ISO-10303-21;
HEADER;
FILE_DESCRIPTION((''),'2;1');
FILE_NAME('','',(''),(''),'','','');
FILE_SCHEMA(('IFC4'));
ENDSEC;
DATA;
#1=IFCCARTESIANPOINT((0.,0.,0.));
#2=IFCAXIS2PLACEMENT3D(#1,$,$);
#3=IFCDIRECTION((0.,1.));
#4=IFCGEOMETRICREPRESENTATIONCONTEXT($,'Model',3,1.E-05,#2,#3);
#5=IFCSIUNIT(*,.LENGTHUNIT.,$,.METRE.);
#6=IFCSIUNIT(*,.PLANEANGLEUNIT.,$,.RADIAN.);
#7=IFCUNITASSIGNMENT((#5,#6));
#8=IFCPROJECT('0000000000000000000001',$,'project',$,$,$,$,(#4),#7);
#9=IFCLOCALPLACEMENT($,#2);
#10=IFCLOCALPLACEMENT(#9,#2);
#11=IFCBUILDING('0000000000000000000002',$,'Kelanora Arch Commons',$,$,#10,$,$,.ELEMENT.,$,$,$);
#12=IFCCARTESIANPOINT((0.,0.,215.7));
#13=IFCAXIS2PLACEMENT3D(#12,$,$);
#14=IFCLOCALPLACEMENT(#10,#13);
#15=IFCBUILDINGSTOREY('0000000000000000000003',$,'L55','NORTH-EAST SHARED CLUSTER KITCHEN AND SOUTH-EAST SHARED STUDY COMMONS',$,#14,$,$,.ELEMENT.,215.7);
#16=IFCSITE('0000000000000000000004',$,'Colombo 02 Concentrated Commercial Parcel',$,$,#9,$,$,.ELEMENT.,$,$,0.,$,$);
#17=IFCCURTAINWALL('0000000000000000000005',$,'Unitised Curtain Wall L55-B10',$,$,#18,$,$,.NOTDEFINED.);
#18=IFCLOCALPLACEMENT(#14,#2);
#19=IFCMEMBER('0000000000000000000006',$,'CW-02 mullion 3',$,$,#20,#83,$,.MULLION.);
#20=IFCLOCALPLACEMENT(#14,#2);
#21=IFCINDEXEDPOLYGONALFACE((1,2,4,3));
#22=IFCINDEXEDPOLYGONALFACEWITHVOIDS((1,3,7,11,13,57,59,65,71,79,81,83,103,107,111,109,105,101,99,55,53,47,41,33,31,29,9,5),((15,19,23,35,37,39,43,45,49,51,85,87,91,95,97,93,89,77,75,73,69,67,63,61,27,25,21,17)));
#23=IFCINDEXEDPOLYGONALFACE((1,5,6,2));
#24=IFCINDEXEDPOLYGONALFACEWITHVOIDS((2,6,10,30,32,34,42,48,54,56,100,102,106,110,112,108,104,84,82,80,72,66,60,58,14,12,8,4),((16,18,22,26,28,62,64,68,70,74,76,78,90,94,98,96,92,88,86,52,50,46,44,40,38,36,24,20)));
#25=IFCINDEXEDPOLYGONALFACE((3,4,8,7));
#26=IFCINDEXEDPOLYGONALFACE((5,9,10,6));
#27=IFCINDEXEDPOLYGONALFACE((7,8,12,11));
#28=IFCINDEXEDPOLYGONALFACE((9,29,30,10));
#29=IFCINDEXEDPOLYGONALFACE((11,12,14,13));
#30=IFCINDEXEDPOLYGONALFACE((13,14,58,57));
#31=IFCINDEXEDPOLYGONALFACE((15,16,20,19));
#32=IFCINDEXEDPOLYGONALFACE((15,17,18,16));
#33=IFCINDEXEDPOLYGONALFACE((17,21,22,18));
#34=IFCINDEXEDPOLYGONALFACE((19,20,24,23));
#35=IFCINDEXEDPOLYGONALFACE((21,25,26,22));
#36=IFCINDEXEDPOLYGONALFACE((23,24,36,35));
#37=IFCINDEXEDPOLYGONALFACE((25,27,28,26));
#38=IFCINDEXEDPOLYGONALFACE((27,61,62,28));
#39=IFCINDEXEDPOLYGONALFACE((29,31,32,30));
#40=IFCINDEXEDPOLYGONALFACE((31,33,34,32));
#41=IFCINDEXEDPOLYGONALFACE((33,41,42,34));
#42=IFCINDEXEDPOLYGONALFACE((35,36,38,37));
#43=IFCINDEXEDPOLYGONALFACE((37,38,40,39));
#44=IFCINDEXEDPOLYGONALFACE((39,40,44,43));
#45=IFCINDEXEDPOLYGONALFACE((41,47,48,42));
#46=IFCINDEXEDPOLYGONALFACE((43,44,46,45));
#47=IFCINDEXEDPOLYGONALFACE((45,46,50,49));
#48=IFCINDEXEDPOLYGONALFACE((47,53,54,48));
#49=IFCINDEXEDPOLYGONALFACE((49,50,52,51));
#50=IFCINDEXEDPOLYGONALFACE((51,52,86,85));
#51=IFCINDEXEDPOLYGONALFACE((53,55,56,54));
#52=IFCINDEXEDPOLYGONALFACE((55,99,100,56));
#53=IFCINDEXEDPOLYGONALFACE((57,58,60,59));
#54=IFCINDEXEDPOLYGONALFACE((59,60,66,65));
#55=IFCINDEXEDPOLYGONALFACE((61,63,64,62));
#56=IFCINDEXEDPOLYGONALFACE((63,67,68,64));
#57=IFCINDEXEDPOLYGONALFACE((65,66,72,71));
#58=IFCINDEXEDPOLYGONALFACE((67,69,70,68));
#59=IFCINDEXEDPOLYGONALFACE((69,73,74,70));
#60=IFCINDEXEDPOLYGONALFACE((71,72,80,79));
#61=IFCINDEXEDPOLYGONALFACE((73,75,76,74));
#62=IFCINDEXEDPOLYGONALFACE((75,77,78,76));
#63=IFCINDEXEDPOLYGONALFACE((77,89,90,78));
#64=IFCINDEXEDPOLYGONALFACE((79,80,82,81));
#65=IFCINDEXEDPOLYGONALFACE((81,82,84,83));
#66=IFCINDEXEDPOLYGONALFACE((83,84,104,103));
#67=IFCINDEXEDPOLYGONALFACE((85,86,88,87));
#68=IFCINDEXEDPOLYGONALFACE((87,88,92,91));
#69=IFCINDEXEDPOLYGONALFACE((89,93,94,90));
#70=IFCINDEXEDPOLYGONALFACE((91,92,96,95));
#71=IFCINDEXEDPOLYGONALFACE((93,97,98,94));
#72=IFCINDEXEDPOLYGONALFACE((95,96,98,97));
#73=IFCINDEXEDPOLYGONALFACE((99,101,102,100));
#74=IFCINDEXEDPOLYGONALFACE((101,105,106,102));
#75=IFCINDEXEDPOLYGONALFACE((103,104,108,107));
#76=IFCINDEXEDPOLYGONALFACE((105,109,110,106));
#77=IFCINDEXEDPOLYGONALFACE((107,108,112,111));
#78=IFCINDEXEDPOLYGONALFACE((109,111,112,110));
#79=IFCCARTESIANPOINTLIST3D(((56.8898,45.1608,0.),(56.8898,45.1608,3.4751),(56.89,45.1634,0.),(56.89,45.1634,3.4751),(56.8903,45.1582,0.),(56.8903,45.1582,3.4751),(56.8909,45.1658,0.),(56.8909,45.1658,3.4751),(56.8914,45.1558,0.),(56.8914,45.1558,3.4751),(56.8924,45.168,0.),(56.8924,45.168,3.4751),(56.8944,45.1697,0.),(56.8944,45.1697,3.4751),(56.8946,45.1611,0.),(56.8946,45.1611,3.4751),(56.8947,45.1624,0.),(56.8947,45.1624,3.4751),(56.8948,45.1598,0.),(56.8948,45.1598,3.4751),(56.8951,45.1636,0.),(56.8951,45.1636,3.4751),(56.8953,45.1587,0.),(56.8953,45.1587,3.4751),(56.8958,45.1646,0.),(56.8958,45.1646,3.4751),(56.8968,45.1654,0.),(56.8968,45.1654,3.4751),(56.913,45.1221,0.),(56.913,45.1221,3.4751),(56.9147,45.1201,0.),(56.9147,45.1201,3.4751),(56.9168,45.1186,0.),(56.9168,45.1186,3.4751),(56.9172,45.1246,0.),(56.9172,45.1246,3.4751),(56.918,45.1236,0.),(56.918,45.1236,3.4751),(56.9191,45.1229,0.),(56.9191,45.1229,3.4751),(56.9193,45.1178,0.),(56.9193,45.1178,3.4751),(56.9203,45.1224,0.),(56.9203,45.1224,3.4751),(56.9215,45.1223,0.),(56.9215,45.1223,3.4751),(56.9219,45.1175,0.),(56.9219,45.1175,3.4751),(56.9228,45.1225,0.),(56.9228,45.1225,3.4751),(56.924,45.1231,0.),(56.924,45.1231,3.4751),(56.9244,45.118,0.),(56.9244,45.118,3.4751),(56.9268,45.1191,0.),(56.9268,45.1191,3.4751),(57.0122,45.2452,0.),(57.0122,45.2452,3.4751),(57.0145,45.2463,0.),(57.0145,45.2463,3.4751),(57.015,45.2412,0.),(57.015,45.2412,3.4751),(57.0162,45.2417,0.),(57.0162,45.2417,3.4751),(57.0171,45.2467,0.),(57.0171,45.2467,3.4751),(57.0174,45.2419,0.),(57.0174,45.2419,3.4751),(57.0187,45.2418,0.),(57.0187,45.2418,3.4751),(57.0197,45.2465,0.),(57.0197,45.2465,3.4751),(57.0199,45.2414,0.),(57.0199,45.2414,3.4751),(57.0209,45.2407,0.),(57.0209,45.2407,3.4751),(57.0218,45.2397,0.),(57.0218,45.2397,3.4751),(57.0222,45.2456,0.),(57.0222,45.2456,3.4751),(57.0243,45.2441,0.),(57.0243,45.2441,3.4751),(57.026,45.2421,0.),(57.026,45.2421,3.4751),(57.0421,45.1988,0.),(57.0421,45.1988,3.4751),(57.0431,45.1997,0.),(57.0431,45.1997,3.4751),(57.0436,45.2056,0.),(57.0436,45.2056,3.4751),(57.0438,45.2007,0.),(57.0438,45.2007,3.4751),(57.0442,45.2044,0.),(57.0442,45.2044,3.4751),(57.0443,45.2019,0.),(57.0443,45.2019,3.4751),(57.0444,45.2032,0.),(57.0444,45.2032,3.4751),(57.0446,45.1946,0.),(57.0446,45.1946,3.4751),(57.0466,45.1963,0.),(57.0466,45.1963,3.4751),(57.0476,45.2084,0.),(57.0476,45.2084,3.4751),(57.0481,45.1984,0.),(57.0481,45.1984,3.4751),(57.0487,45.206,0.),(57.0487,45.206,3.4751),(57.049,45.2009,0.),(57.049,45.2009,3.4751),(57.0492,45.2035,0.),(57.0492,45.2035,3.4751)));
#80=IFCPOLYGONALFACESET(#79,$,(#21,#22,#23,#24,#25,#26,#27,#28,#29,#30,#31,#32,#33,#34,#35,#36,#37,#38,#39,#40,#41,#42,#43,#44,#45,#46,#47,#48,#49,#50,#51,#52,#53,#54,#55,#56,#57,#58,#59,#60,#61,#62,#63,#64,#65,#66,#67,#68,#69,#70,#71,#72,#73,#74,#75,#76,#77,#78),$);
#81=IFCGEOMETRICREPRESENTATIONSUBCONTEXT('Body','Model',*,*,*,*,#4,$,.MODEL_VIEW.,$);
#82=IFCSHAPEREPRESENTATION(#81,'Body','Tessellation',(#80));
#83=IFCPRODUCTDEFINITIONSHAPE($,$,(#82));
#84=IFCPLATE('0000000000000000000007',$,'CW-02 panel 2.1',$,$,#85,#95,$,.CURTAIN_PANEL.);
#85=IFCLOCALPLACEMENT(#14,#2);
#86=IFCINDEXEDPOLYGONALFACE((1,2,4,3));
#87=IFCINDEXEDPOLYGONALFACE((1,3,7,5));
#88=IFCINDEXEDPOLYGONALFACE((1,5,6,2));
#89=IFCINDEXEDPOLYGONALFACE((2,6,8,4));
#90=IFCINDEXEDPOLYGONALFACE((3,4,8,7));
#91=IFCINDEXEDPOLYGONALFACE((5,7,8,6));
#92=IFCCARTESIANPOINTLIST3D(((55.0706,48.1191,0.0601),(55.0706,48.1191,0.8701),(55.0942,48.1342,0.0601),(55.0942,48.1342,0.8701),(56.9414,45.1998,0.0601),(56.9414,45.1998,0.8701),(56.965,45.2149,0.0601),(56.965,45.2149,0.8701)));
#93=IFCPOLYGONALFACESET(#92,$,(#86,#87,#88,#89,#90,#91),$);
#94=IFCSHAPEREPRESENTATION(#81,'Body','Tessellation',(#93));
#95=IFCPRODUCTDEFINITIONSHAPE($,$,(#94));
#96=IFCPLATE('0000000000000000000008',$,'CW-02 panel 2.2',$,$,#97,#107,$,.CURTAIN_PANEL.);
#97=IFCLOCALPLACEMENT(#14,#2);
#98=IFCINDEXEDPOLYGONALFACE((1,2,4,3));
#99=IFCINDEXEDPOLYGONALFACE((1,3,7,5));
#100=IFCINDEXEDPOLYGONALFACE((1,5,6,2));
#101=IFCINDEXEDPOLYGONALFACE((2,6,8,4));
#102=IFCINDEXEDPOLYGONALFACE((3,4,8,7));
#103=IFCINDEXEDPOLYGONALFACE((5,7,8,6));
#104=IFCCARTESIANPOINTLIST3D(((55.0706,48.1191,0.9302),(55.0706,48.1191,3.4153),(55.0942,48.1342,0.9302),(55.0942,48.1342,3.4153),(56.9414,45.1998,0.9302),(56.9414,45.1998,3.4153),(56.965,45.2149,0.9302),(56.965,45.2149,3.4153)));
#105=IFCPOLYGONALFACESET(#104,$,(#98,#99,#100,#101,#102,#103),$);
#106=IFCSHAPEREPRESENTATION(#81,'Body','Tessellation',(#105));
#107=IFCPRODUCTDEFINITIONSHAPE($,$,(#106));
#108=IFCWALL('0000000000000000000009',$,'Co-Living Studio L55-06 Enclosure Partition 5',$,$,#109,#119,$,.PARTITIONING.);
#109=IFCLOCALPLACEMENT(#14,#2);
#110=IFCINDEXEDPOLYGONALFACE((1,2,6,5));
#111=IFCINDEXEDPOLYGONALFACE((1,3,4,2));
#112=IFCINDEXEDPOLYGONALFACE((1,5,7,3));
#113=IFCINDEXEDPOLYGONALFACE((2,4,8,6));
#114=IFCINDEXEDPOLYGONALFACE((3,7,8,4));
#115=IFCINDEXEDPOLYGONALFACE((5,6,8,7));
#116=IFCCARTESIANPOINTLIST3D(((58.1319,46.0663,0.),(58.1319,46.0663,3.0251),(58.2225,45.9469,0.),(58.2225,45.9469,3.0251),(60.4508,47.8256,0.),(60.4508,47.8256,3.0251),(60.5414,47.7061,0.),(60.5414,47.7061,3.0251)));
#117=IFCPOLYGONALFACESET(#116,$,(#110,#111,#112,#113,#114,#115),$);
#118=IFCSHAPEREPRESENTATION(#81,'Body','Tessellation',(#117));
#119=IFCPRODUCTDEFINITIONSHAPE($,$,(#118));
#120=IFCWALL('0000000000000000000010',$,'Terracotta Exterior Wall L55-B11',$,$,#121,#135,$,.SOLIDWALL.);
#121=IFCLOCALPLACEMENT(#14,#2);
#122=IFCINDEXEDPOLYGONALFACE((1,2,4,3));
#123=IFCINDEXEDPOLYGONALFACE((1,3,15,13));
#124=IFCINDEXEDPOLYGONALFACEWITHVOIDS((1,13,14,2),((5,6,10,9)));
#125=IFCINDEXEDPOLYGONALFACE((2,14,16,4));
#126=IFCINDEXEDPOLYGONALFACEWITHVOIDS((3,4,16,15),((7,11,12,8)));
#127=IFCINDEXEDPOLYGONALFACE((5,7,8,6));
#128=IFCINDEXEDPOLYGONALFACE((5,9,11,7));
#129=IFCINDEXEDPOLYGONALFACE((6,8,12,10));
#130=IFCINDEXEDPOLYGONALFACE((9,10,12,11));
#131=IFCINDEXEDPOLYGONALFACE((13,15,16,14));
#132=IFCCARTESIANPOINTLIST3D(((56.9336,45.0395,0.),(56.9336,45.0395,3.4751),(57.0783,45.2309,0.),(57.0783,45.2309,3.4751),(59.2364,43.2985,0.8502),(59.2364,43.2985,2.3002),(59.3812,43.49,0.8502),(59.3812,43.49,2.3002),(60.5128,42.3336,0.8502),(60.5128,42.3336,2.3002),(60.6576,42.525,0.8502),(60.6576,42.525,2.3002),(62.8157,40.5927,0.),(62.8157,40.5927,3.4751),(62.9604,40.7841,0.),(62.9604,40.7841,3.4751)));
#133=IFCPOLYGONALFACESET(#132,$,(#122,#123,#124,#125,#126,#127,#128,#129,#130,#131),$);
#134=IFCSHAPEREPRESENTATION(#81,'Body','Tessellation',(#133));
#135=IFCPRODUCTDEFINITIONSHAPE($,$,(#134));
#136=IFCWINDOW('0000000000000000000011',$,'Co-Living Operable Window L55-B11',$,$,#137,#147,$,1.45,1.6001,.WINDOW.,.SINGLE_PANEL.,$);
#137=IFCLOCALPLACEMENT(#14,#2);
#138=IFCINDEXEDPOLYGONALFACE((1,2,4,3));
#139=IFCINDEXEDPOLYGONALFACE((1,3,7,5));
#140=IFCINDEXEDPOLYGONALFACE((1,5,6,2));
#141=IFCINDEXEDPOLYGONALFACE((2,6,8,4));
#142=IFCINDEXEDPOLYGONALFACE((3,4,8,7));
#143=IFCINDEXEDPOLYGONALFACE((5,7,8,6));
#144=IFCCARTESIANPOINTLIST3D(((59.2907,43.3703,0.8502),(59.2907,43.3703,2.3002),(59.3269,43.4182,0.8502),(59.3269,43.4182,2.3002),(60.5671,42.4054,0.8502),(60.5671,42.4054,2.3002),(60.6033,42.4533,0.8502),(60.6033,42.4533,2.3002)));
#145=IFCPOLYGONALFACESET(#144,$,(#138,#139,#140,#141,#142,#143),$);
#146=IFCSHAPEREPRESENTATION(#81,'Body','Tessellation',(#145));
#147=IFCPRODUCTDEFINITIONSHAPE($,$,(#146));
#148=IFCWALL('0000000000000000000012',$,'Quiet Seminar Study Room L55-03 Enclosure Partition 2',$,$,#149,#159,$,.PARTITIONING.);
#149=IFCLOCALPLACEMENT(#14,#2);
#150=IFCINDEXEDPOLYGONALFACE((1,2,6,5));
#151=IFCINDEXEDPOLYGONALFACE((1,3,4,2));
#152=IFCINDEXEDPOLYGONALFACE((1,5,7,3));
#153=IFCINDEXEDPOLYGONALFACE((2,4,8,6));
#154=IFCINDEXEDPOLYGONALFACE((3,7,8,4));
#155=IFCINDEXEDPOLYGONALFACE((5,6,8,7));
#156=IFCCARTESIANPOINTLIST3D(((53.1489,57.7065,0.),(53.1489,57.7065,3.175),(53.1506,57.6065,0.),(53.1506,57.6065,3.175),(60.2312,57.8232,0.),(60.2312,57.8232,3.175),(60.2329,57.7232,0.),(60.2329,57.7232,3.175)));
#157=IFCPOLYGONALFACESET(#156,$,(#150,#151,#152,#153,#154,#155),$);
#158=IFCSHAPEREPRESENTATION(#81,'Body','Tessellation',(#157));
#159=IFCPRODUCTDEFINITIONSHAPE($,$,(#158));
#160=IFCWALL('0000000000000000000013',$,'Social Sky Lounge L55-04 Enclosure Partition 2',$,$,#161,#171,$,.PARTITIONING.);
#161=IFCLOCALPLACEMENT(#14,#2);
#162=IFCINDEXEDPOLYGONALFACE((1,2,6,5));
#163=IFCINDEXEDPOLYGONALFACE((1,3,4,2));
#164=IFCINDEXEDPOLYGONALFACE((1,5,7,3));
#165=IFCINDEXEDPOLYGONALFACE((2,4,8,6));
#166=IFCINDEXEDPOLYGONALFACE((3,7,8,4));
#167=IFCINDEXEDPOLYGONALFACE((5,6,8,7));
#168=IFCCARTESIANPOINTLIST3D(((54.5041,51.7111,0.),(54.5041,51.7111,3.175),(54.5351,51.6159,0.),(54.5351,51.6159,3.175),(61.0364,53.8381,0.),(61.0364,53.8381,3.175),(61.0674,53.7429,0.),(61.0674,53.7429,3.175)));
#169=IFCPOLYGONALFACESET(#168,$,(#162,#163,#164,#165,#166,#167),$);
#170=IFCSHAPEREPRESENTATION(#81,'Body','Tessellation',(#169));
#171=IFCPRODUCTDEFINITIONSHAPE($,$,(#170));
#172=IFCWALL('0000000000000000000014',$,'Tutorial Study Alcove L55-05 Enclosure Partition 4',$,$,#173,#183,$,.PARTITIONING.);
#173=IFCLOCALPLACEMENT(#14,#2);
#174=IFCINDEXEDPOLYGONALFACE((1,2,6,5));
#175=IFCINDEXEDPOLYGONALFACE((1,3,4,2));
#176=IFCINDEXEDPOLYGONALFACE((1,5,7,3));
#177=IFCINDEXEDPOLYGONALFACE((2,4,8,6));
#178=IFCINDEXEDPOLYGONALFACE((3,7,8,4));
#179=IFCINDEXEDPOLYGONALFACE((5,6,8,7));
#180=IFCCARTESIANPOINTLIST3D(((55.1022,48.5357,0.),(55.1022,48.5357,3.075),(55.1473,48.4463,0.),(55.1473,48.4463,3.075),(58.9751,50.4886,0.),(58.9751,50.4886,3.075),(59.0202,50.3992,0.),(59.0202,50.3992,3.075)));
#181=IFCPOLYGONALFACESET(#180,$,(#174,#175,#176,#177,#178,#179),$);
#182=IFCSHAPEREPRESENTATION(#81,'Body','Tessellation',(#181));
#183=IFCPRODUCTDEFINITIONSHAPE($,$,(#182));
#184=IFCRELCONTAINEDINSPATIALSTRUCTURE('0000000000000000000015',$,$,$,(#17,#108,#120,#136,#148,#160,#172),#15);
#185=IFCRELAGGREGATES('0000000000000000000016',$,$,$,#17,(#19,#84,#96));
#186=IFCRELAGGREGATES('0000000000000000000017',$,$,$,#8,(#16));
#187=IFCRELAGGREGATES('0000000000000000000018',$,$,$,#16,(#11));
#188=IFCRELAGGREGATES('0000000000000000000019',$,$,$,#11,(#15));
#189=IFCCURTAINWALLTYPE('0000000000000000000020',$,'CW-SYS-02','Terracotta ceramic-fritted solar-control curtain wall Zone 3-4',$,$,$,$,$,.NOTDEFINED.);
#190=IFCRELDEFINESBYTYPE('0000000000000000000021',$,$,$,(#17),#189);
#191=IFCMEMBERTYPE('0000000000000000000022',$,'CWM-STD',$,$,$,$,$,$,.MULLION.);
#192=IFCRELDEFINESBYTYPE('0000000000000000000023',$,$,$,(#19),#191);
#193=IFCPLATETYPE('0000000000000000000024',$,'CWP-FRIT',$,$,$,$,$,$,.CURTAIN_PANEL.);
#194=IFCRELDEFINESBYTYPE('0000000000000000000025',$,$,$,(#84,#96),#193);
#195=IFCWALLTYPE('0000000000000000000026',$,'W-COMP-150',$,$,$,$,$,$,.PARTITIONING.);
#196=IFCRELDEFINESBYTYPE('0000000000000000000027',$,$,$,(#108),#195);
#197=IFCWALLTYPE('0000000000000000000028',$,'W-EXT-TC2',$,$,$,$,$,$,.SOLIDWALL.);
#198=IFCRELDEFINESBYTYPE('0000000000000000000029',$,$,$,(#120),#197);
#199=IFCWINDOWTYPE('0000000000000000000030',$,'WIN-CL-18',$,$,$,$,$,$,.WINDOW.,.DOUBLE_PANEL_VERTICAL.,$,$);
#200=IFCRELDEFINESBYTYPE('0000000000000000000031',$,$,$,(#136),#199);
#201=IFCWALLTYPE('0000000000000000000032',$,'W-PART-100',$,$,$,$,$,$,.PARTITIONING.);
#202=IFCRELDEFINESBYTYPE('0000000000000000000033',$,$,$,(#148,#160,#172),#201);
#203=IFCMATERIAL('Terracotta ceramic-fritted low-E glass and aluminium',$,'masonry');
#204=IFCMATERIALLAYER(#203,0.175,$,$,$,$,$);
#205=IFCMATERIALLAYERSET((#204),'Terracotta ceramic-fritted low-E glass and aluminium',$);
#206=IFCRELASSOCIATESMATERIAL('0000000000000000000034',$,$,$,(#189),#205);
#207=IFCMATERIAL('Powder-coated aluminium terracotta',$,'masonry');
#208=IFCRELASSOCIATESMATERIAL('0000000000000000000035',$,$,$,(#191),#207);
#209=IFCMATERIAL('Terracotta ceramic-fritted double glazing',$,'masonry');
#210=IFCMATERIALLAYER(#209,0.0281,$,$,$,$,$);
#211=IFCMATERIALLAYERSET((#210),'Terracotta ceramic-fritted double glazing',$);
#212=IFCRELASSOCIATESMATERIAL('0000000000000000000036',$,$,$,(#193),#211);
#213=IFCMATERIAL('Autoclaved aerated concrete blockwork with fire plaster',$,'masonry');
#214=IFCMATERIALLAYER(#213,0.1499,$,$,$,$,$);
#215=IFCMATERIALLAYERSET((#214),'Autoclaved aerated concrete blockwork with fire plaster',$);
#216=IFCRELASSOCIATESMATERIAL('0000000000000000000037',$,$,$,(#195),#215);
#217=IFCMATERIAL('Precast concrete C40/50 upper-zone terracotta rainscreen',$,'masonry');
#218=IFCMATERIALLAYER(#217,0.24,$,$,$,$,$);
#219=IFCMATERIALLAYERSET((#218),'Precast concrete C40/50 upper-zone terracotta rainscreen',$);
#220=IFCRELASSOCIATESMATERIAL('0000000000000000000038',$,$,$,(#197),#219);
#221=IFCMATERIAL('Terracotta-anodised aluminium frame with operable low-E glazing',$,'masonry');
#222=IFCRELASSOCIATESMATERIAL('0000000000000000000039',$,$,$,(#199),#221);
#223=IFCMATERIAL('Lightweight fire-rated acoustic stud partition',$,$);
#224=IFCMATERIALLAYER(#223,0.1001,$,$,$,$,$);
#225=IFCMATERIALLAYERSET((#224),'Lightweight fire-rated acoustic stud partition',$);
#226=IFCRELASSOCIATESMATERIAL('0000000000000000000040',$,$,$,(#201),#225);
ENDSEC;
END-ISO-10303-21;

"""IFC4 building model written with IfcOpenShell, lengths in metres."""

from ifc_helpers import new_model, si_unit, direction, frame, frame_2d, origin, origin_2d, place, context, subcontext, project, spatial, rectangle, hollow_rectangle, extrude, source, transform, mapped, material, layer, layer_set, material_profile, profile_set, type_object, element, fill, aggregate, save


model = new_model("IFC4")

# Units and contexts
model_context = context("Model", 3, precision=1e-05, world=origin(), true_north=direction((0.0, 1.0)))
body_context = subcontext(model_context, "Body", "Model", "MODEL_VIEW")
ifc_project = project(units=[si_unit("LENGTHUNIT", "METRE"), si_unit("PLANEANGLEUNIT", "RADIAN")], contexts=[model_context])

# Site, building, storey
site_placement = place(None, origin())
site = spatial("IfcSite", under=ifc_project, at=site_placement, Name="Colombo 02 Concentrated Commercial Parcel", CompositionType="ELEMENT", RefElevation=0.0)
building_placement = place(site_placement, origin())
building = spatial("IfcBuilding", under=site, at=building_placement, Name="Kelanora Arch Commons", CompositionType="ELEMENT")
storey_placement = place(building_placement, frame((0.0, 0.0, 215.7)))
storey = spatial("IfcBuildingStorey", under=building, at=storey_placement, Name="L55", Description="NORTH-EAST SHARED CLUSTER KITCHEN AND SOUTH-EAST SHARED STUDY COMMONS", CompositionType="ELEMENT", Elevation=215.7)

# Curtain wall, member, plates
ifc_material_1 = material(Name="Terracotta ceramic-fritted low-E glass and aluminium", Category="masonry")
ifc_layer_1 = layer(ifc_material_1, 0.175)
ifc_layer_set_1 = layer_set([ifc_layer_1], Name="Terracotta ceramic-fritted low-E glass and aluminium")
curtain_wall_type = type_object("IfcCurtainWallType", Name="CW-SYS-02", Description="Terracotta ceramic-fritted solar-control curtain wall Zone 3-4", PredefinedType="NOTDEFINED", material=ifc_layer_set_1)
curtain_wall_placement = place(storey_placement, origin())
curtain_wall = element("IfcCurtainWall", 1, at=curtain_wall_placement, inside=storey, type_object=curtain_wall_type, Name="Unitised Curtain Wall L55-B10", PredefinedType="NOTDEFINED")
ifc_material_2 = material(Name="Powder-coated aluminium terracotta", Category="masonry")
ifc_material_profile_1 = material_profile(ifc_material_2, hollow_rectangle(XDim=0.1599, YDim=0.0601, WallThickness=0.0049, InnerFilletRadius=0.0049, OuterFilletRadius=0.01, at=origin_2d()), Name="CWM160x60")
ifc_profile_set_1 = profile_set([ifc_material_profile_1], Name="Powder-coated aluminium terracotta")
member_type = type_object("IfcMemberType", Name="CWM-STD", PredefinedType="MULLION", material=ifc_profile_set_1)
member_placement = place(storey_placement, frame((56.9695, 45.1821, 0.0), z_axis=(0.0, 0.0, 1.0), x_axis=(0.841948, 0.539559, 0.0)))
member = element("IfcMember", 2, at=member_placement, type_object=member_type, Name="CW-02 mullion 3", PredefinedType="MULLION", context=body_context, shape_type="SweptSolid", body=[
    extrude(hollow_rectangle(XDim=0.1599, YDim=0.0601, WallThickness=0.0049, InnerFilletRadius=0.0049, OuterFilletRadius=0.01, at=origin_2d()), origin(), (0.0, 0.0, 1.0), 3.4751),
])
ifc_material_3 = material(Name="Terracotta ceramic-fritted double glazing", Category="masonry")
ifc_layer_2 = layer(ifc_material_3, 0.0281)
ifc_layer_set_2 = layer_set([ifc_layer_2], Name="Terracotta ceramic-fritted double glazing")
plate_type = type_object("IfcPlateType", Name="CWP-FRIT", PredefinedType="CURTAIN_PANEL", material=ifc_layer_set_2)
shared_shape_1 = source(origin(), body_context, "Body", "SweptSolid", [
    extrude(rectangle(XDim=3.4673, YDim=0.0281, at=origin_2d()), origin(), (0.0, 0.0, 1.0), 0.8101),
])
plate_1_placement = place(storey_placement, frame((56.0178, 46.667, 0.0601), z_axis=(0.0, 0.0, 1.0), x_axis=(0.539559, -0.841948, 0.0)))
plate_1 = element("IfcPlate", 3, at=plate_1_placement, type_object=plate_type, Name="CW-02 panel 2.1", PredefinedType="CURTAIN_PANEL", context=body_context, shape_type="MappedRepresentation", body=[
    mapped(shared_shape_1, transform((0.0, 0.0, 0.0), scale=1.0)),
])
shared_shape_2 = source(origin(), body_context, "Body", "SweptSolid", [
    extrude(rectangle(XDim=3.4673, YDim=0.0281, at=origin_2d()), origin(), (0.0, 0.0, 1.0), 2.4851),
])
plate_2_placement = place(storey_placement, frame((56.0178, 46.667, 0.9302), z_axis=(0.0, 0.0, 1.0), x_axis=(0.539559, -0.841948, 0.0)))
plate_2 = element("IfcPlate", 4, at=plate_2_placement, type_object=plate_type, Name="CW-02 panel 2.2", PredefinedType="CURTAIN_PANEL", context=body_context, shape_type="MappedRepresentation", body=[
    mapped(shared_shape_2, transform((0.0, 0.0, 0.0), scale=1.0)),
])
aggregate(curtain_wall, [member, plate_1, plate_2])

# Wall
ifc_material_4 = material(Name="Autoclaved aerated concrete blockwork with fire plaster", Category="masonry")
ifc_layer_3 = layer(ifc_material_4, 0.1499)
ifc_layer_set_3 = layer_set([ifc_layer_3], Name="Autoclaved aerated concrete blockwork with fire plaster")
wall_type_1 = type_object("IfcWallType", Name="W-COMP-150", PredefinedType="PARTITIONING", material=ifc_layer_set_3)
wall_1_placement = place(storey_placement, frame((58.1772, 46.0066, 0.0), z_axis=(0.0, 0.0, 1.0), x_axis=(0.796666, 0.60442, 0.0)))
element("IfcWall", 5, at=wall_1_placement, inside=storey, type_object=wall_type_1, Name="Co-Living Studio L55-06 Enclosure Partition 5", PredefinedType="PARTITIONING", context=body_context, shape_type="SweptSolid", body=[
    extrude(rectangle(XDim=2.9106, YDim=0.1499, at=frame_2d((1.4553, 0.0))), origin(), (0.0, 0.0, 1.0), 3.0251),
])

# Wall, opening, window
ifc_material_5 = material(Name="Precast concrete C40/50 upper-zone terracotta rainscreen", Category="masonry")
ifc_layer_4 = layer(ifc_material_5, 0.24)
ifc_layer_set_4 = layer_set([ifc_layer_4], Name="Precast concrete C40/50 upper-zone terracotta rainscreen")
wall_type_2 = type_object("IfcWallType", Name="W-EXT-TC2", PredefinedType="SOLIDWALL", material=ifc_layer_set_4)
wall_2_placement = place(storey_placement, frame((57.0059, 45.1353, 0.0), z_axis=(0.0, 0.0, 1.0), x_axis=(0.797702, -0.603052, 0.0)))
wall_2 = element("IfcWall", 6, at=wall_2_placement, inside=storey, type_object=wall_type_2, Name="Terracotta Exterior Wall L55-B11", PredefinedType="SOLIDWALL", context=body_context, shape_type="SweptSolid", body=[
    extrude(rectangle(XDim=7.3738, YDim=0.24, at=frame_2d((3.687, 0.0))), origin(), (0.0, 0.0, 1.0), 3.4751),
])
opening_1_placement = place(wall_2_placement, frame((2.887, 0.0, 0.8501)))
opening_1 = element("IfcOpeningElement", 7, at=opening_1_placement, cuts=wall_2, PredefinedType="OPENING", context=body_context, shape_type="SweptSolid", body=[
    extrude(rectangle(XDim=1.6001, YDim=1.45, at=frame_2d((0.8, 0.7251))), frame((0.0, 0.1299, 0.0), z_axis=(0.0, -1.0, 0.0), x_axis=(1.0, 0.0, 0.0)), (0.0, 0.0, 1.0), 0.26),
])
ifc_material_6 = material(Name="Terracotta-anodised aluminium frame with operable low-E glazing", Category="masonry")
window_type = type_object("IfcWindowType", Name="WIN-CL-18", PartitioningType="DOUBLE_PANEL_VERTICAL", PredefinedType="WINDOW", material=ifc_material_6)
window_placement = place(opening_1_placement, origin())
window = element("IfcWindow", 8, at=window_placement, inside=storey, type_object=window_type, Name="Co-Living Operable Window L55-B11", OverallHeight=1.45, OverallWidth=1.6001, PartitioningType="SINGLE_PANEL", PredefinedType="WINDOW", context=body_context, shape_type="SweptSolid", body=[
    extrude(rectangle(XDim=1.6001, YDim=1.45, at=frame_2d((0.8, 0.7251))), frame((0.0, 0.03, 0.0), z_axis=(0.0, -1.0, 0.0), x_axis=(1.0, 0.0, 0.0)), (0.0, 0.0, 1.0), 0.0601),
])
fill(opening_1, window)

# Walls
ifc_material_7 = material(Name="Lightweight fire-rated acoustic stud partition")
ifc_layer_5 = layer(ifc_material_7, 0.1001)
ifc_layer_set_5 = layer_set([ifc_layer_5], Name="Lightweight fire-rated acoustic stud partition")
wall_type_3 = type_object("IfcWallType", Name="W-PART-100", PredefinedType="PARTITIONING", material=ifc_layer_set_5)
wall_3_placement = place(storey_placement, frame((60.2319, 57.7732, 0.0), z_axis=(0.0, 0.0, 1.0), x_axis=(-0.999864, -0.016475, 0.0)))
element("IfcWall", 9, at=wall_3_placement, inside=storey, type_object=wall_type_3, Name="Quiet Seminar Study Room L55-03 Enclosure Partition 2", PredefinedType="PARTITIONING", context=body_context, shape_type="SweptSolid", body=[
    extrude(rectangle(XDim=7.0833, YDim=0.1001, at=frame_2d((3.5415, 0.0))), origin(), (0.0, 0.0, 1.0), 3.175),
])
wall_4_placement = place(storey_placement, frame((61.052, 53.7905, 0.0), z_axis=(0.0, 0.0, 1.0), x_axis=(-0.950864, -0.30961, 0.0)))
element("IfcWall", 10, at=wall_4_placement, inside=storey, type_object=wall_type_3, Name="Social Sky Lounge L55-04 Enclosure Partition 2", PredefinedType="PARTITIONING", context=body_context, shape_type="SweptSolid", body=[
    extrude(rectangle(XDim=6.8699, YDim=0.1001, at=frame_2d((3.4351, 0.0))), origin(), (0.0, 0.0, 1.0), 3.175),
])
wall_5_placement = place(storey_placement, frame((55.1248, 48.491, 0.0), z_axis=(0.0, 0.0, 1.0), x_axis=(0.892902, 0.450251, 0.0)))
element("IfcWall", 11, at=wall_5_placement, inside=storey, type_object=wall_type_3, Name="Tutorial Study Alcove L55-05 Enclosure Partition 4", PredefinedType="PARTITIONING", context=body_context, shape_type="SweptSolid", body=[
    extrude(rectangle(XDim=4.3374, YDim=0.1001, at=frame_2d((2.1687, 0.0))), origin(), (0.0, 0.0, 1.0), 3.075),
])

save(model, "model.ifc")
